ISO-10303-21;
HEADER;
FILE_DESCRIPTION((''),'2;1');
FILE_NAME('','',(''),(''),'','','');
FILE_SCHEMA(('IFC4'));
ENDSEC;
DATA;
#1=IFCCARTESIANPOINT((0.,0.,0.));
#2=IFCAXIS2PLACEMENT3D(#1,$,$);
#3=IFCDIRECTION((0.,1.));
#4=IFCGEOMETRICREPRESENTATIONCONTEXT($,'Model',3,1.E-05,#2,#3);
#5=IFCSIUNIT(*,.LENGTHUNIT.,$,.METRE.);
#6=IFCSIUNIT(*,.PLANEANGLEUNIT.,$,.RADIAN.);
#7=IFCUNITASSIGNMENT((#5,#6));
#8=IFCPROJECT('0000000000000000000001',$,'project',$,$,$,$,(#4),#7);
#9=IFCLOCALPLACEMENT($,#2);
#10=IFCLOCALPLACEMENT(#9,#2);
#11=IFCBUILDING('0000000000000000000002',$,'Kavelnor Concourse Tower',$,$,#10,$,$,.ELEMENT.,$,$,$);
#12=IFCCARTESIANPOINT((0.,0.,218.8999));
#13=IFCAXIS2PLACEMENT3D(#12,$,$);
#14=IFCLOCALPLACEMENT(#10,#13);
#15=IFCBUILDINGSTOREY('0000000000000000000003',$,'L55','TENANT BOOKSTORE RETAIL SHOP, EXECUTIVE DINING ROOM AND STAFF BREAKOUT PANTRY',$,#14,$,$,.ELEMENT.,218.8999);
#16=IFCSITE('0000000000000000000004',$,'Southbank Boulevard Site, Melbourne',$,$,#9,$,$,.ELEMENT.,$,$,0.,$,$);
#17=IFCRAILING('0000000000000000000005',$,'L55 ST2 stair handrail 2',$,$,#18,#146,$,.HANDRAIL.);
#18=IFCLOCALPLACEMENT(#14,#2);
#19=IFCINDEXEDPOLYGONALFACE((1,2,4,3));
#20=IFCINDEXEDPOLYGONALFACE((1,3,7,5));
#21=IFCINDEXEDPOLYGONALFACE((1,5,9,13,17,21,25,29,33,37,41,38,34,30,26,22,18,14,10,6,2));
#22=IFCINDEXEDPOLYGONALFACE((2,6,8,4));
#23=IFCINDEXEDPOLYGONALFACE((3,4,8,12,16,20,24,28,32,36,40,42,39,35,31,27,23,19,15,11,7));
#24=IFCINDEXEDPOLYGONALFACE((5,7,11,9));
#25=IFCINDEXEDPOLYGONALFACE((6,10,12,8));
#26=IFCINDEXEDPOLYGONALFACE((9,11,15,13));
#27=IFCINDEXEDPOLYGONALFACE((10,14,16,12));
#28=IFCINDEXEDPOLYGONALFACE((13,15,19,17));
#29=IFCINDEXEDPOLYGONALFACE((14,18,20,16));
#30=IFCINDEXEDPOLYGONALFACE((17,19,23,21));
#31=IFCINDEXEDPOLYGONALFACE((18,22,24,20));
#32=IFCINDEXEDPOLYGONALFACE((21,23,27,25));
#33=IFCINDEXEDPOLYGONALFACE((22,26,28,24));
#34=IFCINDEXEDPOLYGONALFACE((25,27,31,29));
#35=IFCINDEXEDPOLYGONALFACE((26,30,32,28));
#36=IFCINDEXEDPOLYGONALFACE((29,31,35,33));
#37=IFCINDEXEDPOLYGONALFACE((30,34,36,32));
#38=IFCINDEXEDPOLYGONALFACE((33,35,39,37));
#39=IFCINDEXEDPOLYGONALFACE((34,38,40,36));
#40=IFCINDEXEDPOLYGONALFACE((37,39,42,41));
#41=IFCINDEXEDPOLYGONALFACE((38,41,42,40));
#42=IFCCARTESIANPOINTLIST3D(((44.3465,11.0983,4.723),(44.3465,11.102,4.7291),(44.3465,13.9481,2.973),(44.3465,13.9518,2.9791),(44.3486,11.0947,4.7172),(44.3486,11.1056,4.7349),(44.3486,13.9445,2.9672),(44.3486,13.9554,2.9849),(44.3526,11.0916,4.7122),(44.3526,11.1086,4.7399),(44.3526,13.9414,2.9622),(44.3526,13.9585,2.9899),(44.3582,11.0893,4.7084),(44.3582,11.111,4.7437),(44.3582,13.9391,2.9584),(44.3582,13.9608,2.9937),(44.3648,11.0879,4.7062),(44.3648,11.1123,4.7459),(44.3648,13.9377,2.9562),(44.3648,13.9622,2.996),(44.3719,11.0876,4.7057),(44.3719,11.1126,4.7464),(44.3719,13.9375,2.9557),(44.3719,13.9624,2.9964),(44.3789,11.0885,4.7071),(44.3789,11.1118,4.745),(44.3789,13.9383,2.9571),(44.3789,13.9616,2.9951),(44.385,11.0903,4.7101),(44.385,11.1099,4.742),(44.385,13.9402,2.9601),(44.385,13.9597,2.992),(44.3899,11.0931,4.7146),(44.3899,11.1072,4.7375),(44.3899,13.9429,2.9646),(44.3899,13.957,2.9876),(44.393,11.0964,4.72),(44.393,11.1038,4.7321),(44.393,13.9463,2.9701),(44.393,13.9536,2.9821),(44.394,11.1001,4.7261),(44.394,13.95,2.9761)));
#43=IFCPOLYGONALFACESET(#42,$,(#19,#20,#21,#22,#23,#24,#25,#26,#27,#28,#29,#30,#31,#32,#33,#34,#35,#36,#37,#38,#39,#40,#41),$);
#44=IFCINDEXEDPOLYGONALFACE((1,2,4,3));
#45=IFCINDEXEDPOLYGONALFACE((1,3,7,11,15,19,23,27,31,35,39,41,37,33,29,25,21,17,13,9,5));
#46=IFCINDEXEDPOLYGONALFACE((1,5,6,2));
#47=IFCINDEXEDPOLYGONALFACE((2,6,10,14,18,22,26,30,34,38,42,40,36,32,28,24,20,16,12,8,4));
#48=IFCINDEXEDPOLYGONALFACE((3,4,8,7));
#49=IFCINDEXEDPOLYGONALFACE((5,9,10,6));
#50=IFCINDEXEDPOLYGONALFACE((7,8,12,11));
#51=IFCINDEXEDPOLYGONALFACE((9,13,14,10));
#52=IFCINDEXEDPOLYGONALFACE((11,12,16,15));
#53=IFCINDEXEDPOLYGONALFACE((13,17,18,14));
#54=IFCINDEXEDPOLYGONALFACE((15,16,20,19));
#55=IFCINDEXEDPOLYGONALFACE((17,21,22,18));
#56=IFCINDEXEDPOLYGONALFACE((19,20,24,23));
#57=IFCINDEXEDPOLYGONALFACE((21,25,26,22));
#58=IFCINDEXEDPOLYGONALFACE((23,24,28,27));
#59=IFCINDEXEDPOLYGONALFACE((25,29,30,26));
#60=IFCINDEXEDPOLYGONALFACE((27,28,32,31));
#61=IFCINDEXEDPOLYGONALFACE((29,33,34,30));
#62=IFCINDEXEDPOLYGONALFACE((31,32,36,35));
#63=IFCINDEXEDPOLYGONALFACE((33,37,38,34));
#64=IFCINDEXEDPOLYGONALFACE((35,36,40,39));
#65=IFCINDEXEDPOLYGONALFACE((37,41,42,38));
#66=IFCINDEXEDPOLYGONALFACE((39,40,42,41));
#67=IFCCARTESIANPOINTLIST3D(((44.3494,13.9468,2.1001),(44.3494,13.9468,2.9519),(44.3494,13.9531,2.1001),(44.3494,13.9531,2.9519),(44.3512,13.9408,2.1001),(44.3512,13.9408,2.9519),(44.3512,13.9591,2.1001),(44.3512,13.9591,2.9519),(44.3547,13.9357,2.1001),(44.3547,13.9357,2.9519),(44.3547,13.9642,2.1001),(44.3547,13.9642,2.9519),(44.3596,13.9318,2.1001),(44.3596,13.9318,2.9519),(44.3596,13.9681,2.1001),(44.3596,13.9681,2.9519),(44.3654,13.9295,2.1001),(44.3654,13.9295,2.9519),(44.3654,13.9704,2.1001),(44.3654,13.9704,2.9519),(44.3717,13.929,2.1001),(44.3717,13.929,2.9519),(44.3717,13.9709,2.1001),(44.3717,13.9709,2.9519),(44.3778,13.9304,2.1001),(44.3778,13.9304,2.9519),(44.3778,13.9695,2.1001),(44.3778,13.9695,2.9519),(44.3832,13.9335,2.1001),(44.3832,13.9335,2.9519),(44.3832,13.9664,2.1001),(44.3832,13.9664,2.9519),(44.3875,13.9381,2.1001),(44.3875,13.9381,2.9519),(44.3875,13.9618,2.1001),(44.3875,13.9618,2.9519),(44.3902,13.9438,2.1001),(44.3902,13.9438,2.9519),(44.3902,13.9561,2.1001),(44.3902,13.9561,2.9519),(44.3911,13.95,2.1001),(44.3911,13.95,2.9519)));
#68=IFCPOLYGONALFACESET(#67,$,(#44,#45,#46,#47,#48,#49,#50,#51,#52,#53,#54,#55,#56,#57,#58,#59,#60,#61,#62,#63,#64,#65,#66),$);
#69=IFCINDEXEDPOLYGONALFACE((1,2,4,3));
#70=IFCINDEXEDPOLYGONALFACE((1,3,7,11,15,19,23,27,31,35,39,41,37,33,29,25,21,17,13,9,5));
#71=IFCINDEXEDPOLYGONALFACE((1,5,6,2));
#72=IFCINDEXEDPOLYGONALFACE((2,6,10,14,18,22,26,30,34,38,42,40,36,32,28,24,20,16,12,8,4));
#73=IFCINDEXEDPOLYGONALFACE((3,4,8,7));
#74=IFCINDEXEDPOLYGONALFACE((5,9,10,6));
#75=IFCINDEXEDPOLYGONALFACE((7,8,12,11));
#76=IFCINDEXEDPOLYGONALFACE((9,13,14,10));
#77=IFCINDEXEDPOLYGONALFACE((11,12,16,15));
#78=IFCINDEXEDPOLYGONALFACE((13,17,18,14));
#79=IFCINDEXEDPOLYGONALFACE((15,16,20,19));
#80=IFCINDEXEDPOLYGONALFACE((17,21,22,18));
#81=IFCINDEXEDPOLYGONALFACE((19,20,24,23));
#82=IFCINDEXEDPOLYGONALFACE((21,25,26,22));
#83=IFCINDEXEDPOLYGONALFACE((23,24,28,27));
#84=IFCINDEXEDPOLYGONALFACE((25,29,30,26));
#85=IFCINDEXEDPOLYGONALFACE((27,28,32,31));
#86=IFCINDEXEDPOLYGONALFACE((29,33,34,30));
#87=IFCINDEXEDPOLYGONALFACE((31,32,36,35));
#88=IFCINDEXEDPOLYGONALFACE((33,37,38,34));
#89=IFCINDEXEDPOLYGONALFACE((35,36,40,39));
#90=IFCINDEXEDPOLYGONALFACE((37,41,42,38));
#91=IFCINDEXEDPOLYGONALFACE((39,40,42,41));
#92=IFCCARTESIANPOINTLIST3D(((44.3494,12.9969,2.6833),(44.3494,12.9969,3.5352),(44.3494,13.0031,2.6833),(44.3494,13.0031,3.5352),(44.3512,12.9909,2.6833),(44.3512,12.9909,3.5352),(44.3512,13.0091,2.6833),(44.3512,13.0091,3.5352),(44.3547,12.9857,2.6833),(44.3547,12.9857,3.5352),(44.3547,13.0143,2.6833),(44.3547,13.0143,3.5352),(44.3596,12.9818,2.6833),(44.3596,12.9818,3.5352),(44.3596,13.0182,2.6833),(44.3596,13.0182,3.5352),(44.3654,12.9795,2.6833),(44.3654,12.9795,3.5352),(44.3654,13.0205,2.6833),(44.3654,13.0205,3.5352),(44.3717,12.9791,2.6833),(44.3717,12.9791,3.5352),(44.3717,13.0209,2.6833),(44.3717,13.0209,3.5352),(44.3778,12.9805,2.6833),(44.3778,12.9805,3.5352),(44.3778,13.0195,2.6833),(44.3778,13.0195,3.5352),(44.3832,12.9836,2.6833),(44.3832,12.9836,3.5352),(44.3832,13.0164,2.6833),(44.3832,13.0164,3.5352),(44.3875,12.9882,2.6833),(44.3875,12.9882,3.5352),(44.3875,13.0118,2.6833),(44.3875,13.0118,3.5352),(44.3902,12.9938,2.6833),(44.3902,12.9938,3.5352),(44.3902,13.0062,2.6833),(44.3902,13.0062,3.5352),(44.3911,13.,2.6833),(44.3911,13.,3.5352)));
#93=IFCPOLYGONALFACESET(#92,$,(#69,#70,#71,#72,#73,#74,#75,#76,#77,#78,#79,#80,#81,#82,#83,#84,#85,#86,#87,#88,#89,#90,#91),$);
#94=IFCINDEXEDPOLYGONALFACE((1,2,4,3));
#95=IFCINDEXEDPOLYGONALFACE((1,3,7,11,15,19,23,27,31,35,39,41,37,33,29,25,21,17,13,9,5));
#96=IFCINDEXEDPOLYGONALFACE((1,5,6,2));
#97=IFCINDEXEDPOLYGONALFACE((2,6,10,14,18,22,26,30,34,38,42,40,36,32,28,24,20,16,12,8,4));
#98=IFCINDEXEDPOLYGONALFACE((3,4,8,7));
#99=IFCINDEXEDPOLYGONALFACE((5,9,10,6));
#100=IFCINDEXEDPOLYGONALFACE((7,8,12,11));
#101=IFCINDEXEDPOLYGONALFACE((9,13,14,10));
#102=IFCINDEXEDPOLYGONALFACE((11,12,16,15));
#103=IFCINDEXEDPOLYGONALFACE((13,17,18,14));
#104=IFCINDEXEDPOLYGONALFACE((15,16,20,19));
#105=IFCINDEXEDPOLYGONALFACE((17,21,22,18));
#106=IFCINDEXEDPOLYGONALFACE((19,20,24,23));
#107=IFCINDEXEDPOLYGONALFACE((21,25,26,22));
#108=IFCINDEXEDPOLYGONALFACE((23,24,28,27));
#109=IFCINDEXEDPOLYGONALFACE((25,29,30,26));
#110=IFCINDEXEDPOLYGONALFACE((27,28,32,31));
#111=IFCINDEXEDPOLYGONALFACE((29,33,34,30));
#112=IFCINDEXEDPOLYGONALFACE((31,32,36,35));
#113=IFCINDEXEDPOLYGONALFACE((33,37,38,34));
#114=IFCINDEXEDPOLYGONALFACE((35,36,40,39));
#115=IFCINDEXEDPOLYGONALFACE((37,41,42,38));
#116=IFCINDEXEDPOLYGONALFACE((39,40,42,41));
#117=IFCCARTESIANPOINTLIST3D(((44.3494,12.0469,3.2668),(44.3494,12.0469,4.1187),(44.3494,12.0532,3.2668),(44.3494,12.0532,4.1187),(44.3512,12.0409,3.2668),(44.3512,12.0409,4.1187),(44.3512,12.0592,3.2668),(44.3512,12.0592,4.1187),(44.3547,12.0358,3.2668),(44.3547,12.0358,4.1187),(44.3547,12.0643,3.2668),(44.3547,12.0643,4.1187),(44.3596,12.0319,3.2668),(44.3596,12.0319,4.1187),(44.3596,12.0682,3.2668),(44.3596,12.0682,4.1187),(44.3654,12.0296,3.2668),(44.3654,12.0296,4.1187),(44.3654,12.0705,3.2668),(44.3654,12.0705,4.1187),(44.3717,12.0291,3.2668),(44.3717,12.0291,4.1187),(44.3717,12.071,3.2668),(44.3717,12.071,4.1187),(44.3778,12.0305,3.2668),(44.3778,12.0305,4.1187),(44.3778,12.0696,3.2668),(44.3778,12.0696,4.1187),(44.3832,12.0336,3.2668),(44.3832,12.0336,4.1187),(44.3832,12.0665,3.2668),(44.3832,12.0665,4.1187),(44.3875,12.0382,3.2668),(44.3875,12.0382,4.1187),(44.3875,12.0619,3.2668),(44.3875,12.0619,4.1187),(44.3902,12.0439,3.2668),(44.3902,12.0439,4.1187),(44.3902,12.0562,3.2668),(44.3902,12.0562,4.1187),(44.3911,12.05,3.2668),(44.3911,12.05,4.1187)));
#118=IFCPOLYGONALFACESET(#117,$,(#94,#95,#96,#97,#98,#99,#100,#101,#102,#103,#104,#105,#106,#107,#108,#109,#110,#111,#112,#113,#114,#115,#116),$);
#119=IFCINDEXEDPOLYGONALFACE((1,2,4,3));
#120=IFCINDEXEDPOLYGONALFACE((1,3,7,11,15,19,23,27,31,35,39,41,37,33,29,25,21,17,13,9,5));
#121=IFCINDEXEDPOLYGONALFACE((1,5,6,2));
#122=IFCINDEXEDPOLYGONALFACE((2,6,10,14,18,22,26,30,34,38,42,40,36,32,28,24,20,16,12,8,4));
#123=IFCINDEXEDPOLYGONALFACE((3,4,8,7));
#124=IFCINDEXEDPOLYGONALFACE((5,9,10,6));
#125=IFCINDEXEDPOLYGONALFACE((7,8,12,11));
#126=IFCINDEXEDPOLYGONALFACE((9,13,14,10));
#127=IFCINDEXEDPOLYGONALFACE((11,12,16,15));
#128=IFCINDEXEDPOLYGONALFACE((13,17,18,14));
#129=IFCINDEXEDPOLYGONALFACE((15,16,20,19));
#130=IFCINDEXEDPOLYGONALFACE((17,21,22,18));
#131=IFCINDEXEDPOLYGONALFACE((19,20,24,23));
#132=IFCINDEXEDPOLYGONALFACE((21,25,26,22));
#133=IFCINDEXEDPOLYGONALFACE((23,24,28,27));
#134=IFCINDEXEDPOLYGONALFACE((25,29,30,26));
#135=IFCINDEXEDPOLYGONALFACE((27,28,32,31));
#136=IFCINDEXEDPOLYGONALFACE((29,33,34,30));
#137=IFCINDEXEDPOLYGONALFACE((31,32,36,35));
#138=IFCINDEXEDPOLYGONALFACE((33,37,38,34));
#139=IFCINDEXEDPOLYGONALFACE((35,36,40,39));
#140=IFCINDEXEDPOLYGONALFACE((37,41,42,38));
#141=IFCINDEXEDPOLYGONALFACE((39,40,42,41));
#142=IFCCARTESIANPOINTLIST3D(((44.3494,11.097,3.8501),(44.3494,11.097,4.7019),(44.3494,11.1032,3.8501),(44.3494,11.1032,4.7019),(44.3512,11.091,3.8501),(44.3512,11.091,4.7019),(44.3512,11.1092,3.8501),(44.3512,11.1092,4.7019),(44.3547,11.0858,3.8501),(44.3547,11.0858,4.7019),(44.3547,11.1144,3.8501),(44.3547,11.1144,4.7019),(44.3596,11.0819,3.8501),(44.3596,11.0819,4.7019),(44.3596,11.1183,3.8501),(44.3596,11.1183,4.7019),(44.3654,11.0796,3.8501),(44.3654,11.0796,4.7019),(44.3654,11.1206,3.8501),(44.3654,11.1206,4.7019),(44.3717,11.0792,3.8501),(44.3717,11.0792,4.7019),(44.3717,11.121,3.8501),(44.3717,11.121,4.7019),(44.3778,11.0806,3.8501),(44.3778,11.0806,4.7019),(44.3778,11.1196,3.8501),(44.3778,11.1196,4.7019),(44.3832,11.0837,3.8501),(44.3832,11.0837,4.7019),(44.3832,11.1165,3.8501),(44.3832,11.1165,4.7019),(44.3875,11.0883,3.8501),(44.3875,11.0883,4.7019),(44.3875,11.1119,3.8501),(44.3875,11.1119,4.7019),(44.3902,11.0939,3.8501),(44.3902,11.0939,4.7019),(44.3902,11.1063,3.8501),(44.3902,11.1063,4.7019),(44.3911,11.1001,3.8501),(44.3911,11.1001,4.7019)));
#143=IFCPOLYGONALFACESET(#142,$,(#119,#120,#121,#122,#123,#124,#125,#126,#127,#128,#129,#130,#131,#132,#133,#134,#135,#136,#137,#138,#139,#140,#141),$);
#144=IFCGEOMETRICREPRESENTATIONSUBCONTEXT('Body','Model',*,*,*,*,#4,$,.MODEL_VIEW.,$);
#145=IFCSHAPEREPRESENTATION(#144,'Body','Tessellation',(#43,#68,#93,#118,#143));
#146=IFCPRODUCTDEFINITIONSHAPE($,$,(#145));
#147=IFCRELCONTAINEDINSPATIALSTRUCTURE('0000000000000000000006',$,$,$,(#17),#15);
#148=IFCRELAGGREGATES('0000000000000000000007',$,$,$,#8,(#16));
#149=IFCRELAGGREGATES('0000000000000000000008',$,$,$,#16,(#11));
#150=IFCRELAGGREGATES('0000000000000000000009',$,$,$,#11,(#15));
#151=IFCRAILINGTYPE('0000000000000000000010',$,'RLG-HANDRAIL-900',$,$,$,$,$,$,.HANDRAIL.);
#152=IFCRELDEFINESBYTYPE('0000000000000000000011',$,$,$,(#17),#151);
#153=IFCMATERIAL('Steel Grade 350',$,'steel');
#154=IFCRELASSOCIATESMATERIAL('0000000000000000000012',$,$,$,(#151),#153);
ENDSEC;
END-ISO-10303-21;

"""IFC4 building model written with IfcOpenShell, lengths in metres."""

from ifc_helpers import new_model, si_unit, direction, frame, origin, origin_2d, place, context, subcontext, project, spatial, circle, extrude, material, type_object, element, save


model = new_model("IFC4")

# Units and contexts
model_context = context("Model", 3, precision=1e-05, world=origin(), true_north=direction((0.0, 1.0)))
body_context = subcontext(model_context, "Body", "Model", "MODEL_VIEW")
ifc_project = project(units=[si_unit("LENGTHUNIT", "METRE"), si_unit("PLANEANGLEUNIT", "RADIAN")], contexts=[model_context])

# Site, building, storey
site_placement = place(None, origin())
site = spatial("IfcSite", under=ifc_project, at=site_placement, Name="Southbank Boulevard Site, Melbourne", CompositionType="ELEMENT", RefElevation=0.0)
building_placement = place(site_placement, origin())
building = spatial("IfcBuilding", under=site, at=building_placement, Name="Kavelnor Concourse Tower", CompositionType="ELEMENT")
storey_placement = place(building_placement, frame((0.0, 0.0, 218.8999)))
storey = spatial("IfcBuildingStorey", under=building, at=storey_placement, Name="L55", Description="TENANT BOOKSTORE RETAIL SHOP, EXECUTIVE DINING ROOM AND STAFF BREAKOUT PANTRY", CompositionType="ELEMENT", Elevation=218.8999)

# Shared definitions
ifc_material_1 = material(Name="Steel Grade 350", Category="steel")

# Railing
railing_type_1 = type_object("IfcRailingType", Name="RLG-HANDRAIL-900", PredefinedType="HANDRAIL", material=ifc_material_1)
railing_1_placement = place(storey_placement, frame((44.3701, 13.95, 2.1001)))
element("IfcRailing", 1, at=railing_1_placement, inside=storey, type_object=railing_type_1, Name="L55 ST2 stair handrail 2", PredefinedType="HANDRAIL", context=body_context, shape_type="SweptSolid", body=[
    extrude(circle(Radius=0.0239, at=origin_2d()), frame((0.0, 0.0, 0.876), z_axis=(0.0, -0.852159, 0.523283), x_axis=(1.0, 0.0, 0.0)), (0.0, 0.0, 1.0), 3.3442),
    extrude(circle(Radius=0.021, at=origin_2d()), origin(), (0.0, 0.0, 1.0), 0.8518),
    extrude(circle(Radius=0.021, at=origin_2d()), frame((0.0, -0.95, 0.5833)), (0.0, 0.0, 1.0), 0.8518),
    extrude(circle(Radius=0.021, at=origin_2d()), frame((0.0, -1.8999, 1.1667)), (0.0, 0.0, 1.0), 0.8518),
    extrude(circle(Radius=0.021, at=origin_2d()), frame((0.0, -2.8499, 1.75)), (0.0, 0.0, 1.0), 0.8518),
])

save(model, "model.ifc")
